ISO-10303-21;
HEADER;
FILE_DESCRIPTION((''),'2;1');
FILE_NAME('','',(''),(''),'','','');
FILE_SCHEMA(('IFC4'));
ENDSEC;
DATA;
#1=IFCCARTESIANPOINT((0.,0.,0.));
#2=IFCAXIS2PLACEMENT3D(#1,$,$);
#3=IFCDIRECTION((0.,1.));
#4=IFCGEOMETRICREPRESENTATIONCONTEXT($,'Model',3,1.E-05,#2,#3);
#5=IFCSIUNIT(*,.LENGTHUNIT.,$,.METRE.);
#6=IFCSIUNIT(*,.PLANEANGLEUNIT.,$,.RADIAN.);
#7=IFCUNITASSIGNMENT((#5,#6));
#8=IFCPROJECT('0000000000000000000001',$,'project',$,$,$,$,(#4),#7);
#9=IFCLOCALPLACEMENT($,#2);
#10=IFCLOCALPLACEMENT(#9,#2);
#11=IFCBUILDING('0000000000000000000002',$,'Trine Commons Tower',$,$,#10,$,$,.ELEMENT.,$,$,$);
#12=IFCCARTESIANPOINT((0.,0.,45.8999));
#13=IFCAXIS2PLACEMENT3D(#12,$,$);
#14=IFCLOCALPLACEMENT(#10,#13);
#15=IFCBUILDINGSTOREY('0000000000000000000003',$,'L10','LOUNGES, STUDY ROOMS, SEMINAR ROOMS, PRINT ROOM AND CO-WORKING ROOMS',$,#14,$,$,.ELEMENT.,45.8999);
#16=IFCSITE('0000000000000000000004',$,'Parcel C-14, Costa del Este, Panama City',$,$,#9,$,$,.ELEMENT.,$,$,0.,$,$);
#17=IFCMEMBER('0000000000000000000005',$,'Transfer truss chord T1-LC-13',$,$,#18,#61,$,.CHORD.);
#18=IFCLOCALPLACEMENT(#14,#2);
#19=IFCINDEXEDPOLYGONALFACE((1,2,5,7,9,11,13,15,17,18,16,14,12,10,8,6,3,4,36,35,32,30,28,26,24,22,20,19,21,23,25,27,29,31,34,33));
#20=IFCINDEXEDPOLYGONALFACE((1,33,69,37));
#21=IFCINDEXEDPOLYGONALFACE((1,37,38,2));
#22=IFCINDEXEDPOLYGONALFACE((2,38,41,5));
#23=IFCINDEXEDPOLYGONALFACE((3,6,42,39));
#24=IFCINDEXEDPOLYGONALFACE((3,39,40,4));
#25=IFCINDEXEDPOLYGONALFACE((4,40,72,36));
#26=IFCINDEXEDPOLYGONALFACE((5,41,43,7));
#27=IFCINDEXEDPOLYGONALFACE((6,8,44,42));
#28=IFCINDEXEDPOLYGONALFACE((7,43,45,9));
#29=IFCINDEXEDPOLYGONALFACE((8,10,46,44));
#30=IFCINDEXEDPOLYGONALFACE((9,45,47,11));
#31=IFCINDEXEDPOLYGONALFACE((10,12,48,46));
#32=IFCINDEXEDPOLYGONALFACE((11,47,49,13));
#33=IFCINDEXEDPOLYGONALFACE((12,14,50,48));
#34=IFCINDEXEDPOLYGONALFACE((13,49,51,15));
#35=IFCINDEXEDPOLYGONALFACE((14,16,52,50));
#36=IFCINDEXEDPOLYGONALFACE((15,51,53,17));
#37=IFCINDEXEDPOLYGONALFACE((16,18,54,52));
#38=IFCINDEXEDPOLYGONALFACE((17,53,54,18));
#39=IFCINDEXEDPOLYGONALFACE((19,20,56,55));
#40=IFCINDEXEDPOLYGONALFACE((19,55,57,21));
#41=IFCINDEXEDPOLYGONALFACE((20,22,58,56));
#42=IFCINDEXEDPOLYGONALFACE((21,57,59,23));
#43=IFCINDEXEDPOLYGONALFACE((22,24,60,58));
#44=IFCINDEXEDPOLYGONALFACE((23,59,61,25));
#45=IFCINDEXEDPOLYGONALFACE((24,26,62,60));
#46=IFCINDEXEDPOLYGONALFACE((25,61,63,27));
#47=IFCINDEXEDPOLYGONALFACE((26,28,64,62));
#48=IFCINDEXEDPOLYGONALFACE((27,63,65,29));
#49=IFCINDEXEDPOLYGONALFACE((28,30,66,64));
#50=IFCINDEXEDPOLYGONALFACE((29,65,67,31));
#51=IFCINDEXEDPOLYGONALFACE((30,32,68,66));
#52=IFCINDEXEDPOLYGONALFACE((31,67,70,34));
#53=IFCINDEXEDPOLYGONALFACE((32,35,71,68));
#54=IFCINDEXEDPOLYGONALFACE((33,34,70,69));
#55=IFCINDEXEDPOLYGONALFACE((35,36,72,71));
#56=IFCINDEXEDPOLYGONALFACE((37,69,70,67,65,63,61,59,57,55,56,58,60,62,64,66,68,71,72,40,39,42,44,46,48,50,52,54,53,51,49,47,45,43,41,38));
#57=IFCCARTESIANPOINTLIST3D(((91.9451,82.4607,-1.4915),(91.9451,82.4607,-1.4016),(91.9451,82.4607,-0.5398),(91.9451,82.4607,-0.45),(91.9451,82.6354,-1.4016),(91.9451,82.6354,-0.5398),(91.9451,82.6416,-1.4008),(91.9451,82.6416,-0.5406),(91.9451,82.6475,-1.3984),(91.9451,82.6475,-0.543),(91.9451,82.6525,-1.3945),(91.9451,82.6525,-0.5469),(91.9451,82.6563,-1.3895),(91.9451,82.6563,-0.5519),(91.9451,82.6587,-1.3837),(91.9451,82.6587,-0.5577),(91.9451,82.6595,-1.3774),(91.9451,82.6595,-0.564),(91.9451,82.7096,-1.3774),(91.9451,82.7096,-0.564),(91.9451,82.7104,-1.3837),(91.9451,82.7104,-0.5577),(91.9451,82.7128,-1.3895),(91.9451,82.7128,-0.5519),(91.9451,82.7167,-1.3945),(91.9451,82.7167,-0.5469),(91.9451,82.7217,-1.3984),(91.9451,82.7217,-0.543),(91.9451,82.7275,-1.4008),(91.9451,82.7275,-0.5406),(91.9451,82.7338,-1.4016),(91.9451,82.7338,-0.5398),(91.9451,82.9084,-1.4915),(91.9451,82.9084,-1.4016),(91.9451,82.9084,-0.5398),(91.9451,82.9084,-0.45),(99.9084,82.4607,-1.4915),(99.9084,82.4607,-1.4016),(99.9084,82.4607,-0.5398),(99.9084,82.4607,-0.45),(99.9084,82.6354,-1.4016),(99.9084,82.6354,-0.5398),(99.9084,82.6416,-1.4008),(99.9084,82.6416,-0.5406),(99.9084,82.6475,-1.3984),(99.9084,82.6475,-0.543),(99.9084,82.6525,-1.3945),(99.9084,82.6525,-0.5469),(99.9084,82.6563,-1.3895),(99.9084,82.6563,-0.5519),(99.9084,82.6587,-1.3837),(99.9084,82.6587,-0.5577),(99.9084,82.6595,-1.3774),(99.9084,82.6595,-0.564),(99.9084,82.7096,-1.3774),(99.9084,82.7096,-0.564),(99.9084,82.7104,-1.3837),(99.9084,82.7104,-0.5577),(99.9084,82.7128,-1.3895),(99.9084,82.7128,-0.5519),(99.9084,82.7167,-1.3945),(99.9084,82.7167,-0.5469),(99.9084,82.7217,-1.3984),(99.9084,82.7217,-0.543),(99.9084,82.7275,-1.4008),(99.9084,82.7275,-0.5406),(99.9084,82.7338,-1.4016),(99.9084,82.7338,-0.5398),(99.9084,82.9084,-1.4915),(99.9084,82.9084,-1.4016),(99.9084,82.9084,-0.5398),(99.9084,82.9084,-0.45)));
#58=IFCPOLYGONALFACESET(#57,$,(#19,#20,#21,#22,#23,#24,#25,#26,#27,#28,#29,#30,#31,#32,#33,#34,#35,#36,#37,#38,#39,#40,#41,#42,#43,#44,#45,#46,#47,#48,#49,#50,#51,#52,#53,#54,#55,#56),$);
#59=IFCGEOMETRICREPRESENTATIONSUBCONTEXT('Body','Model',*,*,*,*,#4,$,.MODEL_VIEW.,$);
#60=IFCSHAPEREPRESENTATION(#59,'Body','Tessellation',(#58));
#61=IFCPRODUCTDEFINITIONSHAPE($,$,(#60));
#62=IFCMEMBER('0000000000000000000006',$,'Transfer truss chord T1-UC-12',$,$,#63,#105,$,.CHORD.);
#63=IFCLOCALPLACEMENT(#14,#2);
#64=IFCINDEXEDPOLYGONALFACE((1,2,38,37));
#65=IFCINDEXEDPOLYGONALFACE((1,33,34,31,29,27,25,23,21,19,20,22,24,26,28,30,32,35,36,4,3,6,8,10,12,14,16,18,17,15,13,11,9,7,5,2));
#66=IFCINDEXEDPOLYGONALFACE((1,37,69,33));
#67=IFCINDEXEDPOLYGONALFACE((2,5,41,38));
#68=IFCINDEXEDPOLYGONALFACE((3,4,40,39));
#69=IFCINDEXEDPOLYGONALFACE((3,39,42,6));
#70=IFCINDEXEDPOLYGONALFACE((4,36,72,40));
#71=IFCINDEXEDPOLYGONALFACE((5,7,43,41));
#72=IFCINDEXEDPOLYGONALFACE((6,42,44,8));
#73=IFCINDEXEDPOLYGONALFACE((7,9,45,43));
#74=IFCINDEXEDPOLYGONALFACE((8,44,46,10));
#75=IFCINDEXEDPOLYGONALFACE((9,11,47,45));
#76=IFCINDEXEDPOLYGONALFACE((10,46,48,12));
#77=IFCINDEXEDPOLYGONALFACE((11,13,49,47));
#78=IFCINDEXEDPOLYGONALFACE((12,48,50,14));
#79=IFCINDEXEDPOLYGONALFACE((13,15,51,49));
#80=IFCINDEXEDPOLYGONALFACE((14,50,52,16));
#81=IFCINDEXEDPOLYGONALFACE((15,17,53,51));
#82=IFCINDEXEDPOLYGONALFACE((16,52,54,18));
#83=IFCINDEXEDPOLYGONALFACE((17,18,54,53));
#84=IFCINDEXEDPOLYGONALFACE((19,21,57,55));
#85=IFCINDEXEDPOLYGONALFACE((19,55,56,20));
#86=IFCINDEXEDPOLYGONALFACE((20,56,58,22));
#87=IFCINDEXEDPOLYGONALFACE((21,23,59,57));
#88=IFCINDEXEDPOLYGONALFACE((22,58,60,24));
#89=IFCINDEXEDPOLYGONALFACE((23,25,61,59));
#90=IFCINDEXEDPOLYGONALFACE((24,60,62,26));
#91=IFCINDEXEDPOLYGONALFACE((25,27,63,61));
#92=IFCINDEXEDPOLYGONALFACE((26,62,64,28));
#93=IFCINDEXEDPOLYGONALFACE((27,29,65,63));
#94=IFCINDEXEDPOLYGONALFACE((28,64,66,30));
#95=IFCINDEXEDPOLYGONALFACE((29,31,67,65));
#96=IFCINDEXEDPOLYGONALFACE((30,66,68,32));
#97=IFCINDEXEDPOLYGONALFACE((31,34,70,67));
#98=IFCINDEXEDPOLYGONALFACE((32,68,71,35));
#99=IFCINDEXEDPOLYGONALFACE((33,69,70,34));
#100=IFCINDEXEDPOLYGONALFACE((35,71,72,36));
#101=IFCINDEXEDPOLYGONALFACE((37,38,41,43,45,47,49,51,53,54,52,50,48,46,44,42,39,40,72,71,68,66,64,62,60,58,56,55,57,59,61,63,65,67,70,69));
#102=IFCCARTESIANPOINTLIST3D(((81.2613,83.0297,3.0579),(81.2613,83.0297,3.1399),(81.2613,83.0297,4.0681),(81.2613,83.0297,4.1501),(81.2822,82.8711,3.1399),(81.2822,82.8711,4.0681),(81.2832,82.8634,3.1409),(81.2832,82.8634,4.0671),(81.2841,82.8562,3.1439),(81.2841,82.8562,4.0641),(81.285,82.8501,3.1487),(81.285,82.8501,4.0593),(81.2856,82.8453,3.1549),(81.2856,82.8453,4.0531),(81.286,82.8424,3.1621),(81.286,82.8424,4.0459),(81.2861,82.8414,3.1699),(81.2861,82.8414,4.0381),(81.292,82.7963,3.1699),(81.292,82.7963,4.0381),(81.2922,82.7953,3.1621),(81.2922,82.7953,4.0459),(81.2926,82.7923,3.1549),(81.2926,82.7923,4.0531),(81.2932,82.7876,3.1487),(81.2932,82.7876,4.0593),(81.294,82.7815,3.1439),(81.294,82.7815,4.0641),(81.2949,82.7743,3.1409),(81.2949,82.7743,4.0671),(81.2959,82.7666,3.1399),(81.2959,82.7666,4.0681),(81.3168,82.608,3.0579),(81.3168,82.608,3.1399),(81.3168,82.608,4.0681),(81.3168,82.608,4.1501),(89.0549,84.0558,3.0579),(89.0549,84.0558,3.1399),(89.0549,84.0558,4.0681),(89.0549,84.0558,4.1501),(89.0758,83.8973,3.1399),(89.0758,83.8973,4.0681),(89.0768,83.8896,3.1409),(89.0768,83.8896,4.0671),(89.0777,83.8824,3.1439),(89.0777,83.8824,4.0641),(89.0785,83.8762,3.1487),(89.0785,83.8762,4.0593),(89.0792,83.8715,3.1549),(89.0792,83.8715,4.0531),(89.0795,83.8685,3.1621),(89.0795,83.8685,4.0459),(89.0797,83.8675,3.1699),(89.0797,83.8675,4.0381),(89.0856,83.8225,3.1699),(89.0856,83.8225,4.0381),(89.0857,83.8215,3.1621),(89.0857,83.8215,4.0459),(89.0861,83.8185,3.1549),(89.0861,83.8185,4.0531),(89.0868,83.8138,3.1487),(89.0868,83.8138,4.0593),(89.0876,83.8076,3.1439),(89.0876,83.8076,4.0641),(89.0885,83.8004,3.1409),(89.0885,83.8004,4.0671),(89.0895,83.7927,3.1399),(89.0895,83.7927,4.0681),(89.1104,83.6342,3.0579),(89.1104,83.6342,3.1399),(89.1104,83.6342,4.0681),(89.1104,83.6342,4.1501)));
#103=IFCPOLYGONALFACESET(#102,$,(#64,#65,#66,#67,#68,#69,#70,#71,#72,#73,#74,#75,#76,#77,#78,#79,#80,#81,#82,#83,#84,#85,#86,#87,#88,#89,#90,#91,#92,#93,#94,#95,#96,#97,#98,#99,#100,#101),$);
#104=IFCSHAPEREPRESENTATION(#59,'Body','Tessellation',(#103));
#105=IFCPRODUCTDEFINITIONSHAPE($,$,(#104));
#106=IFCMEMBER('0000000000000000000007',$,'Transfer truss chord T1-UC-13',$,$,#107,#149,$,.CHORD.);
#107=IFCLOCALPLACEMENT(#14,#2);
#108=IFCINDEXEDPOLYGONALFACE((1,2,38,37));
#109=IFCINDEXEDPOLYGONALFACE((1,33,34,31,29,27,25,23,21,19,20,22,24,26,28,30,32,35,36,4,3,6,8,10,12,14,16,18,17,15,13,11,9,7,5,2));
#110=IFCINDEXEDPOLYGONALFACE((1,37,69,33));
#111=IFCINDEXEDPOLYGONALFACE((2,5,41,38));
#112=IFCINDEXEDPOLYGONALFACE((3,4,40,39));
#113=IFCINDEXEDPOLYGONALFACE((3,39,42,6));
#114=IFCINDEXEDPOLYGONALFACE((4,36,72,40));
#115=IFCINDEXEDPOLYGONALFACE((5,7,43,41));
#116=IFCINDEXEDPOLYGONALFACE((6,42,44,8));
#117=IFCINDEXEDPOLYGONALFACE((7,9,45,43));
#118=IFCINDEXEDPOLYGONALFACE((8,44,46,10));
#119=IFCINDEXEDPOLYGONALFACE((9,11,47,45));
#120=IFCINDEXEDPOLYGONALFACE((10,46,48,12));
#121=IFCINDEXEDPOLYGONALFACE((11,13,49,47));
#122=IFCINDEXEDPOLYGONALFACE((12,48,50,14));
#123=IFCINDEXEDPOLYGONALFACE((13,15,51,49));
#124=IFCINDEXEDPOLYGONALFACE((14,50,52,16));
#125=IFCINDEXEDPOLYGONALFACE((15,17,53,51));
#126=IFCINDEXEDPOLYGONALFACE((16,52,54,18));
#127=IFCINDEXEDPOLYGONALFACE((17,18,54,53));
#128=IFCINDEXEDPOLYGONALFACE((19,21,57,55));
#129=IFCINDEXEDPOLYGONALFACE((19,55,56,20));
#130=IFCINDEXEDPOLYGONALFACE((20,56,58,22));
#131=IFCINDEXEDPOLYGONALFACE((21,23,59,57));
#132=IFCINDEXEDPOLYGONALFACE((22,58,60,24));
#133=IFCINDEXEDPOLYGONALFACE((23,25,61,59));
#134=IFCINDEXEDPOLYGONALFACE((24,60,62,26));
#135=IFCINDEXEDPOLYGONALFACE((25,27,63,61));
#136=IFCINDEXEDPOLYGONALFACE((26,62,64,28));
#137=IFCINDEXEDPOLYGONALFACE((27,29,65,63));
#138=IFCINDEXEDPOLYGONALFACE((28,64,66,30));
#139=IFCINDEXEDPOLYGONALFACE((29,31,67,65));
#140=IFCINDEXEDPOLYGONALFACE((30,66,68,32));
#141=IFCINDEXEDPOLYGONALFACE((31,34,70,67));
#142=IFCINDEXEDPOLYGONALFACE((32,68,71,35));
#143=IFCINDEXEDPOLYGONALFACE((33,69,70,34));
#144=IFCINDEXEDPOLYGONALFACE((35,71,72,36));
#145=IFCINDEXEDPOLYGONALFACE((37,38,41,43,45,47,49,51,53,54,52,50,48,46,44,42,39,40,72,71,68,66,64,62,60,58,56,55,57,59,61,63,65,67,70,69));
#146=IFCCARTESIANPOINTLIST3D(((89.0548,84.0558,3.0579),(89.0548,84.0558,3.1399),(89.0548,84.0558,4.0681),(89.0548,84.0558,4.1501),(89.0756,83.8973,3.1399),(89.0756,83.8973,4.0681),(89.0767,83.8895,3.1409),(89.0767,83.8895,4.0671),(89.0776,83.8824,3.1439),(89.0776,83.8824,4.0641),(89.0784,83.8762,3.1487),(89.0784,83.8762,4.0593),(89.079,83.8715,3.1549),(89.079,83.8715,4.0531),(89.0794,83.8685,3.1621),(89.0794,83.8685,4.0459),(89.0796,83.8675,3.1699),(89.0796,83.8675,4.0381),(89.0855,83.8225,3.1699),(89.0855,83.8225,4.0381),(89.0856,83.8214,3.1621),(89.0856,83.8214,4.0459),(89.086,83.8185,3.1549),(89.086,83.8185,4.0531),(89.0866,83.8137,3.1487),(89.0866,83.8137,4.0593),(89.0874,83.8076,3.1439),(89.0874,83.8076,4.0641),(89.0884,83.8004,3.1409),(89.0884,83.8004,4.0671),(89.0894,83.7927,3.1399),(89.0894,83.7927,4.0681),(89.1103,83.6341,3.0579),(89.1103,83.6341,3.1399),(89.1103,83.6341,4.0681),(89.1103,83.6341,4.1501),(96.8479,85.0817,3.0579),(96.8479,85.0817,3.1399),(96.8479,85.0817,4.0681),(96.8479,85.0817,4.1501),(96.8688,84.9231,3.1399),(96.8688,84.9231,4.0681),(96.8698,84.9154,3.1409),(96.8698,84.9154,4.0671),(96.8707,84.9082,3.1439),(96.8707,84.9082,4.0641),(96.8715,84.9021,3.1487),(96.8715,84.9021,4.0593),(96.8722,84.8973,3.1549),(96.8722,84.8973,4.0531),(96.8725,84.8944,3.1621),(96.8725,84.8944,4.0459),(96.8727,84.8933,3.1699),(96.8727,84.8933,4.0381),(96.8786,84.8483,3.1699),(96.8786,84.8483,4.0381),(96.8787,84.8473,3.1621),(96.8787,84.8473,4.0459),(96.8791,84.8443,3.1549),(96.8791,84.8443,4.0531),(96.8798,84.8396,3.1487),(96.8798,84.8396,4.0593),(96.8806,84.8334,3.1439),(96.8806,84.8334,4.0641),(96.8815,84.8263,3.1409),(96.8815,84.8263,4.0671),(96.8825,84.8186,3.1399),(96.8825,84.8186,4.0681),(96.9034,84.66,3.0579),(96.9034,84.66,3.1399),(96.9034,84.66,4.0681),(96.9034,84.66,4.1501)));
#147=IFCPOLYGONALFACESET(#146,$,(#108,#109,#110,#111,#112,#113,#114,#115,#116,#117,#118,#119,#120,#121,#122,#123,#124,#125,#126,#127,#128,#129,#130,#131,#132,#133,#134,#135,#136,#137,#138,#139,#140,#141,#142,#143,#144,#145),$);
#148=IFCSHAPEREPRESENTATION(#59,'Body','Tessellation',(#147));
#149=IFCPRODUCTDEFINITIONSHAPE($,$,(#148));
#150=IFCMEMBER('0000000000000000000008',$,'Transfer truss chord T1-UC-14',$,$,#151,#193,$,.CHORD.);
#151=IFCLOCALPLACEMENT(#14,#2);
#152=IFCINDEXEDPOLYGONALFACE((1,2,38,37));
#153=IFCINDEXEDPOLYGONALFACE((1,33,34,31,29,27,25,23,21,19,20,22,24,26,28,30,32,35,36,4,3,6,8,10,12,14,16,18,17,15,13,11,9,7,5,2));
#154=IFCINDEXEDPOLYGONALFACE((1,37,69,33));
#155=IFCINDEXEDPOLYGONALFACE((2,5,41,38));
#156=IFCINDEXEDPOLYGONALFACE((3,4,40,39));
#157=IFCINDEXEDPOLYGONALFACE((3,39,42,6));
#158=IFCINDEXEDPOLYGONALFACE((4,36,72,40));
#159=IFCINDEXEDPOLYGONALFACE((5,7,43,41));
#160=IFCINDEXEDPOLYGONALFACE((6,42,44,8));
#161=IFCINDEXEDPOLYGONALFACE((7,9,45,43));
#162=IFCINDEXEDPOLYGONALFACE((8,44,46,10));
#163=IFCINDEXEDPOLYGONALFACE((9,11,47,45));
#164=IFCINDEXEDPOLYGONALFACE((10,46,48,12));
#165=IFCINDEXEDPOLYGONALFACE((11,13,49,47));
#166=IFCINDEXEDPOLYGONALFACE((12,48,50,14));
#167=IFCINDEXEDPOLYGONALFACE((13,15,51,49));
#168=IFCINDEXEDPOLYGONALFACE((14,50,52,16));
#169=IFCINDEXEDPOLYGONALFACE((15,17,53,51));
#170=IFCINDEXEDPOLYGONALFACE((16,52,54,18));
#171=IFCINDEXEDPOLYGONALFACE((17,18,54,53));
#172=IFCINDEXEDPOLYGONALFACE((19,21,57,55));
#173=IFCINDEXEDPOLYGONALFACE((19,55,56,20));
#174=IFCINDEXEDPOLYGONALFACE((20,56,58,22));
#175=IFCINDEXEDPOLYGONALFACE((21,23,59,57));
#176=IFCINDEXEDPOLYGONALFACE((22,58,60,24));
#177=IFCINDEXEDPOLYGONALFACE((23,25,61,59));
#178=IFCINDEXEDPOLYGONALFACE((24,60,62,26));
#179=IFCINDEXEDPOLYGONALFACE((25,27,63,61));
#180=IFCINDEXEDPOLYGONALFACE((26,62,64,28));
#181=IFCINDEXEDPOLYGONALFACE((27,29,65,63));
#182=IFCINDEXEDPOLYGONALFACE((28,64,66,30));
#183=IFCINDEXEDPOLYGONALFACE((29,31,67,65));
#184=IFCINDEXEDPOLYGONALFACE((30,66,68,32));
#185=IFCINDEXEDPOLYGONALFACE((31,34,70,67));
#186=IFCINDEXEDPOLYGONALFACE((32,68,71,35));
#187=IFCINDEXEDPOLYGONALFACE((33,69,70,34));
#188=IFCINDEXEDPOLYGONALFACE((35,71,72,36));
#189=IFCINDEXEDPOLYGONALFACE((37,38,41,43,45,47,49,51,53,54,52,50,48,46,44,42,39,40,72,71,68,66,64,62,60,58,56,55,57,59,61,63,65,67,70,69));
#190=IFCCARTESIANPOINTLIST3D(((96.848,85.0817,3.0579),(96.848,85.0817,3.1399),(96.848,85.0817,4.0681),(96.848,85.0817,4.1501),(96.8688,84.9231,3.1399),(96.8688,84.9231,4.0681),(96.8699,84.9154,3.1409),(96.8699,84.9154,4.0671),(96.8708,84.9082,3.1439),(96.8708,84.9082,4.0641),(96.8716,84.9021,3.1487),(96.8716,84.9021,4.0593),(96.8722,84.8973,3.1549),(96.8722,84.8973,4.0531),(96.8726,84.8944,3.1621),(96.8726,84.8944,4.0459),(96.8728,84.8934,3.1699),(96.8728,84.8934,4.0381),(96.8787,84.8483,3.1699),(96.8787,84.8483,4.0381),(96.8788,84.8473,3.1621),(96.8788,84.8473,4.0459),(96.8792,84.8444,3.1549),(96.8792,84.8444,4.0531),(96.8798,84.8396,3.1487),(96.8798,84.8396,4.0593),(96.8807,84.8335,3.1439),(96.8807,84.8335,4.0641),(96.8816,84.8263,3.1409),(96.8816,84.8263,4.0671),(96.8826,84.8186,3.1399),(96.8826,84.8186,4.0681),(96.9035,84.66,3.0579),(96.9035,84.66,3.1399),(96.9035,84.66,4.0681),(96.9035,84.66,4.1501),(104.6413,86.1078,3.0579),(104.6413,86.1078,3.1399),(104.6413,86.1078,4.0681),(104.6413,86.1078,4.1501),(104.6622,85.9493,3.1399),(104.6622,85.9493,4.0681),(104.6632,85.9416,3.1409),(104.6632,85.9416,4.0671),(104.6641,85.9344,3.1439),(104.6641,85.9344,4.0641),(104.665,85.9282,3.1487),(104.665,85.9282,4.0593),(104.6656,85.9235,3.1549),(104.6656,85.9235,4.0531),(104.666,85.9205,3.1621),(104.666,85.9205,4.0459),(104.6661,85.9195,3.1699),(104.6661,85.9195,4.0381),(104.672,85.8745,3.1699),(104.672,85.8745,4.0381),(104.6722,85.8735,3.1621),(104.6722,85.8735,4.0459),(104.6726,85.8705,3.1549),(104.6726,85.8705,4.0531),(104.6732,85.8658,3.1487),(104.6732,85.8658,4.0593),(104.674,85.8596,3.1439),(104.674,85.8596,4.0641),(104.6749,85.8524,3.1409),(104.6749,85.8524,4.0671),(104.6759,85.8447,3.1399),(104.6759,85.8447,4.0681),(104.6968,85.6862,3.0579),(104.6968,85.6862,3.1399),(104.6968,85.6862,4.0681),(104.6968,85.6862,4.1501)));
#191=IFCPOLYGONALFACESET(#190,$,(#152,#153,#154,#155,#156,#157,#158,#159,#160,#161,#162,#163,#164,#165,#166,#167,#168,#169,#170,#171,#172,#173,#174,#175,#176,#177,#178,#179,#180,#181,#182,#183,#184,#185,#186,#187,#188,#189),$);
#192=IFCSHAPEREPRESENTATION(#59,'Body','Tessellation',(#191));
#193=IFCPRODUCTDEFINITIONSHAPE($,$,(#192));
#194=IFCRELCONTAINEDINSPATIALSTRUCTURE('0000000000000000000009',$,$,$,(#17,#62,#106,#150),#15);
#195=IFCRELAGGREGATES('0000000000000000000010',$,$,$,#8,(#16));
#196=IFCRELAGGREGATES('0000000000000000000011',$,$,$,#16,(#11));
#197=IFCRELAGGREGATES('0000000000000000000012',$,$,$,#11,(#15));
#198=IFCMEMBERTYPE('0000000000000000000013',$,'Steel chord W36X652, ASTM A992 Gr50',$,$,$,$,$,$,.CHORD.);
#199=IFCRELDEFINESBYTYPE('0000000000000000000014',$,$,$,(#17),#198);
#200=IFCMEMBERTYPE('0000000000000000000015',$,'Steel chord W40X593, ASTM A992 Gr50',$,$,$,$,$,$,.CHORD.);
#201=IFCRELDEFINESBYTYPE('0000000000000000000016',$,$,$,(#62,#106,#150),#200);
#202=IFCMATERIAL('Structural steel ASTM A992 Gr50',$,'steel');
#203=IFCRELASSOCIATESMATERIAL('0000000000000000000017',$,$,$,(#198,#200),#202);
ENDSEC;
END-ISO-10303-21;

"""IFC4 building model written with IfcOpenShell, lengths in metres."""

from ifc_helpers import new_model, si_unit, direction, frame, origin, origin_2d, place, context, subcontext, project, spatial, i_section, extrude, material, material_profile, profile_set, type_object, element, save


model = new_model("IFC4")

# Units and contexts
model_context = context("Model", 3, precision=1e-05, world=origin(), true_north=direction((0.0, 1.0)))
body_context = subcontext(model_context, "Body", "Model", "MODEL_VIEW")
ifc_project = project(units=[si_unit("LENGTHUNIT", "METRE"), si_unit("PLANEANGLEUNIT", "RADIAN")], contexts=[model_context])

# Site, building, storey
site_placement = place(None, origin())
site = spatial("IfcSite", under=ifc_project, at=site_placement, Name="Parcel C-14, Costa del Este, Panama City", CompositionType="ELEMENT", RefElevation=0.0)
building_placement = place(site_placement, origin())
building = spatial("IfcBuilding", under=site, at=building_placement, Name="Trine Commons Tower", CompositionType="ELEMENT")
storey_placement = place(building_placement, frame((0.0, 0.0, 45.8999)))
storey = spatial("IfcBuildingStorey", under=building, at=storey_placement, Name="L10", Description="LOUNGES, STUDY ROOMS, SEMINAR ROOMS, PRINT ROOM AND CO-WORKING ROOMS", CompositionType="ELEMENT", Elevation=45.8999)

# Members
ifc_material_1 = material(Name="Structural steel ASTM A992 Gr50", Category="steel")
ifc_material_profile_1 = material_profile(ifc_material_1, i_section(OverallWidth=0.4478, OverallDepth=1.0415, WebThickness=0.05, FlangeThickness=0.0898, FilletRadius=0.0242, at=origin_2d()), Name="W36X652")
ifc_profile_set_1 = profile_set([ifc_material_profile_1], Name="Structural steel ASTM A992 Gr50")
member_type_1 = type_object("IfcMemberType", Name="Steel chord W36X652, ASTM A992 Gr50", PredefinedType="CHORD", material=ifc_profile_set_1)
for number, where, z_axis, x_axis, name in (
    (1, (91.9451, 82.6846, -0.9707), (1.0, 0.0, 0.0), (0.0, 1.0, 0.0), "Transfer truss chord T1-LC-13"),
):
    element("IfcMember", number, at=place(storey_placement, frame(where, z_axis=z_axis, x_axis=x_axis)), inside=storey, type_object=member_type_1, Name=name, PredefinedType="CHORD", context=body_context, shape_type="SweptSolid", body=[
        extrude(i_section(OverallWidth=0.4478, OverallDepth=1.0415, WebThickness=0.05, FlangeThickness=0.0898, FilletRadius=0.0242, at=origin_2d()), origin(), (0.0, 0.0, 1.0), 7.9634),
    ])
ifc_material_profile_2 = material_profile(ifc_material_1, i_section(OverallWidth=0.4253, OverallDepth=1.0923, WebThickness=0.0454, FlangeThickness=0.082, FilletRadius=0.03, at=origin_2d()), Name="W40X593")
ifc_profile_set_2 = profile_set([ifc_material_profile_2], Name="Structural steel ASTM A992 Gr50")
member_type_2 = type_object("IfcMemberType", Name="Steel chord W40X593, ASTM A992 Gr50", PredefinedType="CHORD", material=ifc_profile_set_2)
member_1_placement = place(storey_placement, frame((81.2891, 82.8188, 3.604), z_axis=(0.991443, 0.130538, 0.0), x_axis=(-0.130538, 0.991443, 0.0)))
element("IfcMember", 2, at=member_1_placement, inside=storey, type_object=member_type_2, Name="Transfer truss chord T1-UC-12", PredefinedType="CHORD", context=body_context, shape_type="SweptSolid", body=[
    extrude(i_section(OverallWidth=0.4253, OverallDepth=1.0923, WebThickness=0.0454, FlangeThickness=0.082, FilletRadius=0.03, at=origin_2d()), origin(), (0.0, 0.0, 1.0), 7.8608),
])
member_2_placement = place(storey_placement, frame((89.0825, 83.845, 3.604), z_axis=(0.991447, 0.130512, 0.0), x_axis=(-0.130512, 0.991447, 0.0)))
element("IfcMember", 3, at=member_2_placement, inside=storey, type_object=member_type_2, Name="Transfer truss chord T1-UC-13", PredefinedType="CHORD", context=body_context, shape_type="SweptSolid", body=[
    extrude(i_section(OverallWidth=0.4253, OverallDepth=1.0923, WebThickness=0.0454, FlangeThickness=0.082, FilletRadius=0.03, at=origin_2d()), origin(), (0.0, 0.0, 1.0), 7.8604),
])
member_3_placement = place(storey_placement, frame((96.8757, 84.8708, 3.604), z_axis=(0.991443, 0.130542, 0.0), x_axis=(-0.130542, 0.991443, 0.0)))
element("IfcMember", 4, at=member_3_placement, inside=storey, type_object=member_type_2, Name="Transfer truss chord T1-UC-14", PredefinedType="CHORD", context=body_context, shape_type="SweptSolid", body=[
    extrude(i_section(OverallWidth=0.4253, OverallDepth=1.0923, WebThickness=0.0454, FlangeThickness=0.082, FilletRadius=0.03, at=origin_2d()), origin(), (0.0, 0.0, 1.0), 7.8606),
])

save(model, "model.ifc")
